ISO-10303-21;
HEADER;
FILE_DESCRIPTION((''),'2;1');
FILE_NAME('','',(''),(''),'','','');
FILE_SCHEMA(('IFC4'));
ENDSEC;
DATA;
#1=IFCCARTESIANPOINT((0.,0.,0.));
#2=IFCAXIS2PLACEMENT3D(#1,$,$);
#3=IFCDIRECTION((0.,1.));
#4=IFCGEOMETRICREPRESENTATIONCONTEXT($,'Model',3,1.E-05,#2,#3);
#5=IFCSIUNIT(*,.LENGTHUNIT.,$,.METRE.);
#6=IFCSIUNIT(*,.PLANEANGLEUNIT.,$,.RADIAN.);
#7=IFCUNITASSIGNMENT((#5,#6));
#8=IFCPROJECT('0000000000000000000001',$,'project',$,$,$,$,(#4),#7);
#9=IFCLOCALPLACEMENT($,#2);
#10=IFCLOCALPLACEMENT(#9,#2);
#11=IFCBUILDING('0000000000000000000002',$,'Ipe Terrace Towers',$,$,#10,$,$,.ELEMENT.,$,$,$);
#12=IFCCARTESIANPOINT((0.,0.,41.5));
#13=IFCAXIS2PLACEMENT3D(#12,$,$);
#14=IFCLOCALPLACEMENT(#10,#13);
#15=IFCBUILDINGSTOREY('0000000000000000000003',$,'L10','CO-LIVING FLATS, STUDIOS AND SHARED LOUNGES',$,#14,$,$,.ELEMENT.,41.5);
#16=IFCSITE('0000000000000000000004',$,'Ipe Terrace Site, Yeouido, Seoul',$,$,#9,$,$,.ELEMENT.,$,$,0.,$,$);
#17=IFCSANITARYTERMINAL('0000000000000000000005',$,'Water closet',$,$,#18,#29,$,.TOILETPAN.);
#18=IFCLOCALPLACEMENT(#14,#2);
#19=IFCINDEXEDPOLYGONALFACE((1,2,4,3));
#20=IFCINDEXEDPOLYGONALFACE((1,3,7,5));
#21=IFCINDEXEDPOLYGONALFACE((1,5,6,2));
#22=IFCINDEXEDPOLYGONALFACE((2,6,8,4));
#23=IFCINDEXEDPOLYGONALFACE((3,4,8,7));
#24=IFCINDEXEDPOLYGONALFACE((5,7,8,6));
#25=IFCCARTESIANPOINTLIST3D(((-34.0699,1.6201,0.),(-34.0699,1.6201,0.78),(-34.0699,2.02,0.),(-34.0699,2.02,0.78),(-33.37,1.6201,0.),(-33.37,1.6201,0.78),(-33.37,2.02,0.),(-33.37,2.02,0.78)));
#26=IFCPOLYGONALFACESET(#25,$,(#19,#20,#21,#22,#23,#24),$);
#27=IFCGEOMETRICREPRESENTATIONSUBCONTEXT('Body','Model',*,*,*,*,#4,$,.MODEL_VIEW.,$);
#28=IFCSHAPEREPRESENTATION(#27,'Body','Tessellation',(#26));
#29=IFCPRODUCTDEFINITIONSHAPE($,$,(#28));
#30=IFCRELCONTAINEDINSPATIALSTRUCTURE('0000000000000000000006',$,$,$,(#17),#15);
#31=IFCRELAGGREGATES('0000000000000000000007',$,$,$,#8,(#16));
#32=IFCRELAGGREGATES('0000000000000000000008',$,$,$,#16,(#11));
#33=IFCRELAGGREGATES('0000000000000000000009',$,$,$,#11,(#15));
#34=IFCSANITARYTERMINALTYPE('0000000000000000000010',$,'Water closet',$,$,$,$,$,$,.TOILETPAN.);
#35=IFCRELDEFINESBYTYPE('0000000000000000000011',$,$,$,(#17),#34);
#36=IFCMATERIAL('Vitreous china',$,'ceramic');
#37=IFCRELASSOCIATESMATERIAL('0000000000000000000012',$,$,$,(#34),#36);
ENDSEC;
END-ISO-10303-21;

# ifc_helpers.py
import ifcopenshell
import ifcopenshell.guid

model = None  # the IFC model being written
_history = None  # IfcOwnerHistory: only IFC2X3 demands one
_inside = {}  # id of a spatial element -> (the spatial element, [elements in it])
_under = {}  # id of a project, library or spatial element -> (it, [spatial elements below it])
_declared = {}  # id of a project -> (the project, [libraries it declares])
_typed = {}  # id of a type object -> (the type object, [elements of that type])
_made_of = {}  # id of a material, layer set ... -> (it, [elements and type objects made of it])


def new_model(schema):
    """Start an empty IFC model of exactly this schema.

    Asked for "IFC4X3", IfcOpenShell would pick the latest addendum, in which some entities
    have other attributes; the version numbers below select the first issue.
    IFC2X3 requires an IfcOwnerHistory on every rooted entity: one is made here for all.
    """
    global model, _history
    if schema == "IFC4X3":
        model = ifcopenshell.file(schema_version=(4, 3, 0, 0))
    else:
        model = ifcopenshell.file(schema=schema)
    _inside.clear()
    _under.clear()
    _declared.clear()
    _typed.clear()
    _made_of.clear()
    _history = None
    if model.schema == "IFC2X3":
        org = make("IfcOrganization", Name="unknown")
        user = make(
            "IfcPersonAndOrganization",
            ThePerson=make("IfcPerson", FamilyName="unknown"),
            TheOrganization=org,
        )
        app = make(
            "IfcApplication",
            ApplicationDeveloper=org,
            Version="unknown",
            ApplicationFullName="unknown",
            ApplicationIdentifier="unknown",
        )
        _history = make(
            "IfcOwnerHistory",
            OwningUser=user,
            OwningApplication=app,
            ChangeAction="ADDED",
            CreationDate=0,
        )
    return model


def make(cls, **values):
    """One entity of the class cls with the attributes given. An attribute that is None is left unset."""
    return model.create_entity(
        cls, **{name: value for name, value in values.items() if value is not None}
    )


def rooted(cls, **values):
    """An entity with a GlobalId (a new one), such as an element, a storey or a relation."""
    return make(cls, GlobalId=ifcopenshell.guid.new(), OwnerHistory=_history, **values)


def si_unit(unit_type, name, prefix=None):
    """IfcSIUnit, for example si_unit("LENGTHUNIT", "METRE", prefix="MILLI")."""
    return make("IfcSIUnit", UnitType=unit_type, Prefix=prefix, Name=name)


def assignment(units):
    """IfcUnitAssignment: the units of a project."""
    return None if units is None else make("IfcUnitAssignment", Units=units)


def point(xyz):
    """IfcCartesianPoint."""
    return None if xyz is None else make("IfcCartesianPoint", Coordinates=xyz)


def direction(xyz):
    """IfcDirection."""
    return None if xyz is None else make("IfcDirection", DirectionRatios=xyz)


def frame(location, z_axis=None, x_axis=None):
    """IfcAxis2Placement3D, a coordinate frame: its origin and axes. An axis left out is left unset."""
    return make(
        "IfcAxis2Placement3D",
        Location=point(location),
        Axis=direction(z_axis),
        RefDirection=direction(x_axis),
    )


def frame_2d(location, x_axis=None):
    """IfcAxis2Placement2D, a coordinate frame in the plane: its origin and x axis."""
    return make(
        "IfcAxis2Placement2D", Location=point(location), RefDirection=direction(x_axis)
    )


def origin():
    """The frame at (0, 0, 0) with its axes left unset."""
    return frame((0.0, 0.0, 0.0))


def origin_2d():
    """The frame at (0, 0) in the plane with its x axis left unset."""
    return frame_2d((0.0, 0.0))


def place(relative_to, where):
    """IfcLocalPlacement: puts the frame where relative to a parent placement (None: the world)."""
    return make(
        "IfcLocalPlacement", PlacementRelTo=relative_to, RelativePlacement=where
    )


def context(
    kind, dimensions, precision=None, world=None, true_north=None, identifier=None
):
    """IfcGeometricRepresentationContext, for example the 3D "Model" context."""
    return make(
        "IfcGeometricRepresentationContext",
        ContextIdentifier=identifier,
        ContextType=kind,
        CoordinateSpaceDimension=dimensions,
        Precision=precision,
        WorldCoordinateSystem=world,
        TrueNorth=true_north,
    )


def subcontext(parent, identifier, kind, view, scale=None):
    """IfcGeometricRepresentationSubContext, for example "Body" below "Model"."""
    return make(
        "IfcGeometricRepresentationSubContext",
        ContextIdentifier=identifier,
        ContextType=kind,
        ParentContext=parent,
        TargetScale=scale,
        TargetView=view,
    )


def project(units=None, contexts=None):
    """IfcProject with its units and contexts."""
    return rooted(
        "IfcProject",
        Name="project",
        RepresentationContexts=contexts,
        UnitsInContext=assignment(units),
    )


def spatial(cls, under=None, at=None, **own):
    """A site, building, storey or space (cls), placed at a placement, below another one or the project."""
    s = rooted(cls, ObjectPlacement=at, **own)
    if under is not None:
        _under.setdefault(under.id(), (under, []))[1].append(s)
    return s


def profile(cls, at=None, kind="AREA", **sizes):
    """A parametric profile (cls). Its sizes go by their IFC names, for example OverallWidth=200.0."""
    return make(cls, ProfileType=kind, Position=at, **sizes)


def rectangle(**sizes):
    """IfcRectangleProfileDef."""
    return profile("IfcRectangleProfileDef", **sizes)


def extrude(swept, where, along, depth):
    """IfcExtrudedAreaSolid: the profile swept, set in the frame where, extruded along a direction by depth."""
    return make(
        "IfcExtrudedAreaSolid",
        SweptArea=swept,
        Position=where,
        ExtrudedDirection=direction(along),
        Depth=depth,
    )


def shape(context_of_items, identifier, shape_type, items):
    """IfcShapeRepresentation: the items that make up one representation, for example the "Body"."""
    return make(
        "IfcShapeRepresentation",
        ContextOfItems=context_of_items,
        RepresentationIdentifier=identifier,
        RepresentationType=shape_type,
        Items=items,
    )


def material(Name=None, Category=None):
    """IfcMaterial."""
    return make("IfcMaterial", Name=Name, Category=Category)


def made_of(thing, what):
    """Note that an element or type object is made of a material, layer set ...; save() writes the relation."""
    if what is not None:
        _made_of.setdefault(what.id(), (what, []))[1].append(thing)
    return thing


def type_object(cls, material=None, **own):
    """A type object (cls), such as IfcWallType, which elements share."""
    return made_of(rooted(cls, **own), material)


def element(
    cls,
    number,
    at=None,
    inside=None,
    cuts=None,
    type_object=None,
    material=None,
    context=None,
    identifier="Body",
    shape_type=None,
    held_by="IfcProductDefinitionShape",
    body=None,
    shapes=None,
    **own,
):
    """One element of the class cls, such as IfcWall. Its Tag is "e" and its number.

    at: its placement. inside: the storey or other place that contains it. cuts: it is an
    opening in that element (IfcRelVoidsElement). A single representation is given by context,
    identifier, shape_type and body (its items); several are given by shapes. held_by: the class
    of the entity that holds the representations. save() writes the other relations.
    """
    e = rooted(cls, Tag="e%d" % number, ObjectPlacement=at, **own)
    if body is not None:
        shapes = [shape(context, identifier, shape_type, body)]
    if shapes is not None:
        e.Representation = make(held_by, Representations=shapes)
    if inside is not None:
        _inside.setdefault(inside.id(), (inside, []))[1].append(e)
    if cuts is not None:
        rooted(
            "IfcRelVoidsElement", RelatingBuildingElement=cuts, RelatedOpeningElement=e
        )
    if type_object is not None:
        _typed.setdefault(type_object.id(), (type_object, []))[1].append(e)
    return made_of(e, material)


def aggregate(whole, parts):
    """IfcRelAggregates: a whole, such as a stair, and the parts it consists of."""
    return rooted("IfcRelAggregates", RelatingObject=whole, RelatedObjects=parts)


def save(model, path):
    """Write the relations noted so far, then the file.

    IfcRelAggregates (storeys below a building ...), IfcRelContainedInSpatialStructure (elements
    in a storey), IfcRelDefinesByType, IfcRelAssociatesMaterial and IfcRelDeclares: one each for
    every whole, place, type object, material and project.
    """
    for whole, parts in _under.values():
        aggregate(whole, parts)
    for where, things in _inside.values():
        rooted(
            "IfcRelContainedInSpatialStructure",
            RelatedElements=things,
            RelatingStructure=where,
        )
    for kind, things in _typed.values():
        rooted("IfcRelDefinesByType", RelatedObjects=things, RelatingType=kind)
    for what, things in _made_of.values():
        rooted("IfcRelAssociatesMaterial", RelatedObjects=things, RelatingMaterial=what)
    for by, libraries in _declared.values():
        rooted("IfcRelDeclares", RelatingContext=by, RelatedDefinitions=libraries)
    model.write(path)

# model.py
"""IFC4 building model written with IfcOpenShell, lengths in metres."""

from ifc_helpers import new_model, si_unit, direction, frame, origin, origin_2d, place, context, subcontext, project, spatial, rectangle, extrude, material, type_object, element, save


model = new_model("IFC4")

# Units and contexts
model_context = context("Model", 3, precision=1e-05, world=origin(), true_north=direction((0.0, 1.0)))
body_context = subcontext(model_context, "Body", "Model", "MODEL_VIEW")
ifc_project = project(units=[si_unit("LENGTHUNIT", "METRE"), si_unit("PLANEANGLEUNIT", "RADIAN")], contexts=[model_context])

# Site, building, storey
site_placement = place(None, origin())
site = spatial("IfcSite", under=ifc_project, at=site_placement, Name="Ipe Terrace Site, Yeouido, Seoul", CompositionType="ELEMENT", RefElevation=0.0)
building_placement = place(site_placement, origin())
building = spatial("IfcBuilding", under=site, at=building_placement, Name="Ipe Terrace Towers", CompositionType="ELEMENT")
storey_placement = place(building_placement, frame((0.0, 0.0, 41.5)))
storey = spatial("IfcBuildingStorey", under=building, at=storey_placement, Name="L10", Description="CO-LIVING FLATS, STUDIOS AND SHARED LOUNGES", CompositionType="ELEMENT", Elevation=41.5)

# Sanitary terminal
ifc_material_1 = material(Name="Vitreous china", Category="ceramic")
sanitary_terminal_type_1 = type_object("IfcSanitaryTerminalType", Name="Water closet", PredefinedType="TOILETPAN", material=ifc_material_1)
sanitary_terminal_1_placement = place(storey_placement, frame((-33.72, 1.8201, 0.0), z_axis=(0.0, 0.0, 1.0), x_axis=(-1.0, 0.0, 0.0)))
element("IfcSanitaryTerminal", 1, at=sanitary_terminal_1_placement, inside=storey, type_object=sanitary_terminal_type_1, Name="Water closet", PredefinedType="TOILETPAN", context=body_context, shape_type="SweptSolid", body=[
    extrude(rectangle(XDim=0.7, YDim=0.3999, at=origin_2d()), origin(), (0.0, 0.0, 1.0), 0.78),
])

save(model, "model.ifc")
